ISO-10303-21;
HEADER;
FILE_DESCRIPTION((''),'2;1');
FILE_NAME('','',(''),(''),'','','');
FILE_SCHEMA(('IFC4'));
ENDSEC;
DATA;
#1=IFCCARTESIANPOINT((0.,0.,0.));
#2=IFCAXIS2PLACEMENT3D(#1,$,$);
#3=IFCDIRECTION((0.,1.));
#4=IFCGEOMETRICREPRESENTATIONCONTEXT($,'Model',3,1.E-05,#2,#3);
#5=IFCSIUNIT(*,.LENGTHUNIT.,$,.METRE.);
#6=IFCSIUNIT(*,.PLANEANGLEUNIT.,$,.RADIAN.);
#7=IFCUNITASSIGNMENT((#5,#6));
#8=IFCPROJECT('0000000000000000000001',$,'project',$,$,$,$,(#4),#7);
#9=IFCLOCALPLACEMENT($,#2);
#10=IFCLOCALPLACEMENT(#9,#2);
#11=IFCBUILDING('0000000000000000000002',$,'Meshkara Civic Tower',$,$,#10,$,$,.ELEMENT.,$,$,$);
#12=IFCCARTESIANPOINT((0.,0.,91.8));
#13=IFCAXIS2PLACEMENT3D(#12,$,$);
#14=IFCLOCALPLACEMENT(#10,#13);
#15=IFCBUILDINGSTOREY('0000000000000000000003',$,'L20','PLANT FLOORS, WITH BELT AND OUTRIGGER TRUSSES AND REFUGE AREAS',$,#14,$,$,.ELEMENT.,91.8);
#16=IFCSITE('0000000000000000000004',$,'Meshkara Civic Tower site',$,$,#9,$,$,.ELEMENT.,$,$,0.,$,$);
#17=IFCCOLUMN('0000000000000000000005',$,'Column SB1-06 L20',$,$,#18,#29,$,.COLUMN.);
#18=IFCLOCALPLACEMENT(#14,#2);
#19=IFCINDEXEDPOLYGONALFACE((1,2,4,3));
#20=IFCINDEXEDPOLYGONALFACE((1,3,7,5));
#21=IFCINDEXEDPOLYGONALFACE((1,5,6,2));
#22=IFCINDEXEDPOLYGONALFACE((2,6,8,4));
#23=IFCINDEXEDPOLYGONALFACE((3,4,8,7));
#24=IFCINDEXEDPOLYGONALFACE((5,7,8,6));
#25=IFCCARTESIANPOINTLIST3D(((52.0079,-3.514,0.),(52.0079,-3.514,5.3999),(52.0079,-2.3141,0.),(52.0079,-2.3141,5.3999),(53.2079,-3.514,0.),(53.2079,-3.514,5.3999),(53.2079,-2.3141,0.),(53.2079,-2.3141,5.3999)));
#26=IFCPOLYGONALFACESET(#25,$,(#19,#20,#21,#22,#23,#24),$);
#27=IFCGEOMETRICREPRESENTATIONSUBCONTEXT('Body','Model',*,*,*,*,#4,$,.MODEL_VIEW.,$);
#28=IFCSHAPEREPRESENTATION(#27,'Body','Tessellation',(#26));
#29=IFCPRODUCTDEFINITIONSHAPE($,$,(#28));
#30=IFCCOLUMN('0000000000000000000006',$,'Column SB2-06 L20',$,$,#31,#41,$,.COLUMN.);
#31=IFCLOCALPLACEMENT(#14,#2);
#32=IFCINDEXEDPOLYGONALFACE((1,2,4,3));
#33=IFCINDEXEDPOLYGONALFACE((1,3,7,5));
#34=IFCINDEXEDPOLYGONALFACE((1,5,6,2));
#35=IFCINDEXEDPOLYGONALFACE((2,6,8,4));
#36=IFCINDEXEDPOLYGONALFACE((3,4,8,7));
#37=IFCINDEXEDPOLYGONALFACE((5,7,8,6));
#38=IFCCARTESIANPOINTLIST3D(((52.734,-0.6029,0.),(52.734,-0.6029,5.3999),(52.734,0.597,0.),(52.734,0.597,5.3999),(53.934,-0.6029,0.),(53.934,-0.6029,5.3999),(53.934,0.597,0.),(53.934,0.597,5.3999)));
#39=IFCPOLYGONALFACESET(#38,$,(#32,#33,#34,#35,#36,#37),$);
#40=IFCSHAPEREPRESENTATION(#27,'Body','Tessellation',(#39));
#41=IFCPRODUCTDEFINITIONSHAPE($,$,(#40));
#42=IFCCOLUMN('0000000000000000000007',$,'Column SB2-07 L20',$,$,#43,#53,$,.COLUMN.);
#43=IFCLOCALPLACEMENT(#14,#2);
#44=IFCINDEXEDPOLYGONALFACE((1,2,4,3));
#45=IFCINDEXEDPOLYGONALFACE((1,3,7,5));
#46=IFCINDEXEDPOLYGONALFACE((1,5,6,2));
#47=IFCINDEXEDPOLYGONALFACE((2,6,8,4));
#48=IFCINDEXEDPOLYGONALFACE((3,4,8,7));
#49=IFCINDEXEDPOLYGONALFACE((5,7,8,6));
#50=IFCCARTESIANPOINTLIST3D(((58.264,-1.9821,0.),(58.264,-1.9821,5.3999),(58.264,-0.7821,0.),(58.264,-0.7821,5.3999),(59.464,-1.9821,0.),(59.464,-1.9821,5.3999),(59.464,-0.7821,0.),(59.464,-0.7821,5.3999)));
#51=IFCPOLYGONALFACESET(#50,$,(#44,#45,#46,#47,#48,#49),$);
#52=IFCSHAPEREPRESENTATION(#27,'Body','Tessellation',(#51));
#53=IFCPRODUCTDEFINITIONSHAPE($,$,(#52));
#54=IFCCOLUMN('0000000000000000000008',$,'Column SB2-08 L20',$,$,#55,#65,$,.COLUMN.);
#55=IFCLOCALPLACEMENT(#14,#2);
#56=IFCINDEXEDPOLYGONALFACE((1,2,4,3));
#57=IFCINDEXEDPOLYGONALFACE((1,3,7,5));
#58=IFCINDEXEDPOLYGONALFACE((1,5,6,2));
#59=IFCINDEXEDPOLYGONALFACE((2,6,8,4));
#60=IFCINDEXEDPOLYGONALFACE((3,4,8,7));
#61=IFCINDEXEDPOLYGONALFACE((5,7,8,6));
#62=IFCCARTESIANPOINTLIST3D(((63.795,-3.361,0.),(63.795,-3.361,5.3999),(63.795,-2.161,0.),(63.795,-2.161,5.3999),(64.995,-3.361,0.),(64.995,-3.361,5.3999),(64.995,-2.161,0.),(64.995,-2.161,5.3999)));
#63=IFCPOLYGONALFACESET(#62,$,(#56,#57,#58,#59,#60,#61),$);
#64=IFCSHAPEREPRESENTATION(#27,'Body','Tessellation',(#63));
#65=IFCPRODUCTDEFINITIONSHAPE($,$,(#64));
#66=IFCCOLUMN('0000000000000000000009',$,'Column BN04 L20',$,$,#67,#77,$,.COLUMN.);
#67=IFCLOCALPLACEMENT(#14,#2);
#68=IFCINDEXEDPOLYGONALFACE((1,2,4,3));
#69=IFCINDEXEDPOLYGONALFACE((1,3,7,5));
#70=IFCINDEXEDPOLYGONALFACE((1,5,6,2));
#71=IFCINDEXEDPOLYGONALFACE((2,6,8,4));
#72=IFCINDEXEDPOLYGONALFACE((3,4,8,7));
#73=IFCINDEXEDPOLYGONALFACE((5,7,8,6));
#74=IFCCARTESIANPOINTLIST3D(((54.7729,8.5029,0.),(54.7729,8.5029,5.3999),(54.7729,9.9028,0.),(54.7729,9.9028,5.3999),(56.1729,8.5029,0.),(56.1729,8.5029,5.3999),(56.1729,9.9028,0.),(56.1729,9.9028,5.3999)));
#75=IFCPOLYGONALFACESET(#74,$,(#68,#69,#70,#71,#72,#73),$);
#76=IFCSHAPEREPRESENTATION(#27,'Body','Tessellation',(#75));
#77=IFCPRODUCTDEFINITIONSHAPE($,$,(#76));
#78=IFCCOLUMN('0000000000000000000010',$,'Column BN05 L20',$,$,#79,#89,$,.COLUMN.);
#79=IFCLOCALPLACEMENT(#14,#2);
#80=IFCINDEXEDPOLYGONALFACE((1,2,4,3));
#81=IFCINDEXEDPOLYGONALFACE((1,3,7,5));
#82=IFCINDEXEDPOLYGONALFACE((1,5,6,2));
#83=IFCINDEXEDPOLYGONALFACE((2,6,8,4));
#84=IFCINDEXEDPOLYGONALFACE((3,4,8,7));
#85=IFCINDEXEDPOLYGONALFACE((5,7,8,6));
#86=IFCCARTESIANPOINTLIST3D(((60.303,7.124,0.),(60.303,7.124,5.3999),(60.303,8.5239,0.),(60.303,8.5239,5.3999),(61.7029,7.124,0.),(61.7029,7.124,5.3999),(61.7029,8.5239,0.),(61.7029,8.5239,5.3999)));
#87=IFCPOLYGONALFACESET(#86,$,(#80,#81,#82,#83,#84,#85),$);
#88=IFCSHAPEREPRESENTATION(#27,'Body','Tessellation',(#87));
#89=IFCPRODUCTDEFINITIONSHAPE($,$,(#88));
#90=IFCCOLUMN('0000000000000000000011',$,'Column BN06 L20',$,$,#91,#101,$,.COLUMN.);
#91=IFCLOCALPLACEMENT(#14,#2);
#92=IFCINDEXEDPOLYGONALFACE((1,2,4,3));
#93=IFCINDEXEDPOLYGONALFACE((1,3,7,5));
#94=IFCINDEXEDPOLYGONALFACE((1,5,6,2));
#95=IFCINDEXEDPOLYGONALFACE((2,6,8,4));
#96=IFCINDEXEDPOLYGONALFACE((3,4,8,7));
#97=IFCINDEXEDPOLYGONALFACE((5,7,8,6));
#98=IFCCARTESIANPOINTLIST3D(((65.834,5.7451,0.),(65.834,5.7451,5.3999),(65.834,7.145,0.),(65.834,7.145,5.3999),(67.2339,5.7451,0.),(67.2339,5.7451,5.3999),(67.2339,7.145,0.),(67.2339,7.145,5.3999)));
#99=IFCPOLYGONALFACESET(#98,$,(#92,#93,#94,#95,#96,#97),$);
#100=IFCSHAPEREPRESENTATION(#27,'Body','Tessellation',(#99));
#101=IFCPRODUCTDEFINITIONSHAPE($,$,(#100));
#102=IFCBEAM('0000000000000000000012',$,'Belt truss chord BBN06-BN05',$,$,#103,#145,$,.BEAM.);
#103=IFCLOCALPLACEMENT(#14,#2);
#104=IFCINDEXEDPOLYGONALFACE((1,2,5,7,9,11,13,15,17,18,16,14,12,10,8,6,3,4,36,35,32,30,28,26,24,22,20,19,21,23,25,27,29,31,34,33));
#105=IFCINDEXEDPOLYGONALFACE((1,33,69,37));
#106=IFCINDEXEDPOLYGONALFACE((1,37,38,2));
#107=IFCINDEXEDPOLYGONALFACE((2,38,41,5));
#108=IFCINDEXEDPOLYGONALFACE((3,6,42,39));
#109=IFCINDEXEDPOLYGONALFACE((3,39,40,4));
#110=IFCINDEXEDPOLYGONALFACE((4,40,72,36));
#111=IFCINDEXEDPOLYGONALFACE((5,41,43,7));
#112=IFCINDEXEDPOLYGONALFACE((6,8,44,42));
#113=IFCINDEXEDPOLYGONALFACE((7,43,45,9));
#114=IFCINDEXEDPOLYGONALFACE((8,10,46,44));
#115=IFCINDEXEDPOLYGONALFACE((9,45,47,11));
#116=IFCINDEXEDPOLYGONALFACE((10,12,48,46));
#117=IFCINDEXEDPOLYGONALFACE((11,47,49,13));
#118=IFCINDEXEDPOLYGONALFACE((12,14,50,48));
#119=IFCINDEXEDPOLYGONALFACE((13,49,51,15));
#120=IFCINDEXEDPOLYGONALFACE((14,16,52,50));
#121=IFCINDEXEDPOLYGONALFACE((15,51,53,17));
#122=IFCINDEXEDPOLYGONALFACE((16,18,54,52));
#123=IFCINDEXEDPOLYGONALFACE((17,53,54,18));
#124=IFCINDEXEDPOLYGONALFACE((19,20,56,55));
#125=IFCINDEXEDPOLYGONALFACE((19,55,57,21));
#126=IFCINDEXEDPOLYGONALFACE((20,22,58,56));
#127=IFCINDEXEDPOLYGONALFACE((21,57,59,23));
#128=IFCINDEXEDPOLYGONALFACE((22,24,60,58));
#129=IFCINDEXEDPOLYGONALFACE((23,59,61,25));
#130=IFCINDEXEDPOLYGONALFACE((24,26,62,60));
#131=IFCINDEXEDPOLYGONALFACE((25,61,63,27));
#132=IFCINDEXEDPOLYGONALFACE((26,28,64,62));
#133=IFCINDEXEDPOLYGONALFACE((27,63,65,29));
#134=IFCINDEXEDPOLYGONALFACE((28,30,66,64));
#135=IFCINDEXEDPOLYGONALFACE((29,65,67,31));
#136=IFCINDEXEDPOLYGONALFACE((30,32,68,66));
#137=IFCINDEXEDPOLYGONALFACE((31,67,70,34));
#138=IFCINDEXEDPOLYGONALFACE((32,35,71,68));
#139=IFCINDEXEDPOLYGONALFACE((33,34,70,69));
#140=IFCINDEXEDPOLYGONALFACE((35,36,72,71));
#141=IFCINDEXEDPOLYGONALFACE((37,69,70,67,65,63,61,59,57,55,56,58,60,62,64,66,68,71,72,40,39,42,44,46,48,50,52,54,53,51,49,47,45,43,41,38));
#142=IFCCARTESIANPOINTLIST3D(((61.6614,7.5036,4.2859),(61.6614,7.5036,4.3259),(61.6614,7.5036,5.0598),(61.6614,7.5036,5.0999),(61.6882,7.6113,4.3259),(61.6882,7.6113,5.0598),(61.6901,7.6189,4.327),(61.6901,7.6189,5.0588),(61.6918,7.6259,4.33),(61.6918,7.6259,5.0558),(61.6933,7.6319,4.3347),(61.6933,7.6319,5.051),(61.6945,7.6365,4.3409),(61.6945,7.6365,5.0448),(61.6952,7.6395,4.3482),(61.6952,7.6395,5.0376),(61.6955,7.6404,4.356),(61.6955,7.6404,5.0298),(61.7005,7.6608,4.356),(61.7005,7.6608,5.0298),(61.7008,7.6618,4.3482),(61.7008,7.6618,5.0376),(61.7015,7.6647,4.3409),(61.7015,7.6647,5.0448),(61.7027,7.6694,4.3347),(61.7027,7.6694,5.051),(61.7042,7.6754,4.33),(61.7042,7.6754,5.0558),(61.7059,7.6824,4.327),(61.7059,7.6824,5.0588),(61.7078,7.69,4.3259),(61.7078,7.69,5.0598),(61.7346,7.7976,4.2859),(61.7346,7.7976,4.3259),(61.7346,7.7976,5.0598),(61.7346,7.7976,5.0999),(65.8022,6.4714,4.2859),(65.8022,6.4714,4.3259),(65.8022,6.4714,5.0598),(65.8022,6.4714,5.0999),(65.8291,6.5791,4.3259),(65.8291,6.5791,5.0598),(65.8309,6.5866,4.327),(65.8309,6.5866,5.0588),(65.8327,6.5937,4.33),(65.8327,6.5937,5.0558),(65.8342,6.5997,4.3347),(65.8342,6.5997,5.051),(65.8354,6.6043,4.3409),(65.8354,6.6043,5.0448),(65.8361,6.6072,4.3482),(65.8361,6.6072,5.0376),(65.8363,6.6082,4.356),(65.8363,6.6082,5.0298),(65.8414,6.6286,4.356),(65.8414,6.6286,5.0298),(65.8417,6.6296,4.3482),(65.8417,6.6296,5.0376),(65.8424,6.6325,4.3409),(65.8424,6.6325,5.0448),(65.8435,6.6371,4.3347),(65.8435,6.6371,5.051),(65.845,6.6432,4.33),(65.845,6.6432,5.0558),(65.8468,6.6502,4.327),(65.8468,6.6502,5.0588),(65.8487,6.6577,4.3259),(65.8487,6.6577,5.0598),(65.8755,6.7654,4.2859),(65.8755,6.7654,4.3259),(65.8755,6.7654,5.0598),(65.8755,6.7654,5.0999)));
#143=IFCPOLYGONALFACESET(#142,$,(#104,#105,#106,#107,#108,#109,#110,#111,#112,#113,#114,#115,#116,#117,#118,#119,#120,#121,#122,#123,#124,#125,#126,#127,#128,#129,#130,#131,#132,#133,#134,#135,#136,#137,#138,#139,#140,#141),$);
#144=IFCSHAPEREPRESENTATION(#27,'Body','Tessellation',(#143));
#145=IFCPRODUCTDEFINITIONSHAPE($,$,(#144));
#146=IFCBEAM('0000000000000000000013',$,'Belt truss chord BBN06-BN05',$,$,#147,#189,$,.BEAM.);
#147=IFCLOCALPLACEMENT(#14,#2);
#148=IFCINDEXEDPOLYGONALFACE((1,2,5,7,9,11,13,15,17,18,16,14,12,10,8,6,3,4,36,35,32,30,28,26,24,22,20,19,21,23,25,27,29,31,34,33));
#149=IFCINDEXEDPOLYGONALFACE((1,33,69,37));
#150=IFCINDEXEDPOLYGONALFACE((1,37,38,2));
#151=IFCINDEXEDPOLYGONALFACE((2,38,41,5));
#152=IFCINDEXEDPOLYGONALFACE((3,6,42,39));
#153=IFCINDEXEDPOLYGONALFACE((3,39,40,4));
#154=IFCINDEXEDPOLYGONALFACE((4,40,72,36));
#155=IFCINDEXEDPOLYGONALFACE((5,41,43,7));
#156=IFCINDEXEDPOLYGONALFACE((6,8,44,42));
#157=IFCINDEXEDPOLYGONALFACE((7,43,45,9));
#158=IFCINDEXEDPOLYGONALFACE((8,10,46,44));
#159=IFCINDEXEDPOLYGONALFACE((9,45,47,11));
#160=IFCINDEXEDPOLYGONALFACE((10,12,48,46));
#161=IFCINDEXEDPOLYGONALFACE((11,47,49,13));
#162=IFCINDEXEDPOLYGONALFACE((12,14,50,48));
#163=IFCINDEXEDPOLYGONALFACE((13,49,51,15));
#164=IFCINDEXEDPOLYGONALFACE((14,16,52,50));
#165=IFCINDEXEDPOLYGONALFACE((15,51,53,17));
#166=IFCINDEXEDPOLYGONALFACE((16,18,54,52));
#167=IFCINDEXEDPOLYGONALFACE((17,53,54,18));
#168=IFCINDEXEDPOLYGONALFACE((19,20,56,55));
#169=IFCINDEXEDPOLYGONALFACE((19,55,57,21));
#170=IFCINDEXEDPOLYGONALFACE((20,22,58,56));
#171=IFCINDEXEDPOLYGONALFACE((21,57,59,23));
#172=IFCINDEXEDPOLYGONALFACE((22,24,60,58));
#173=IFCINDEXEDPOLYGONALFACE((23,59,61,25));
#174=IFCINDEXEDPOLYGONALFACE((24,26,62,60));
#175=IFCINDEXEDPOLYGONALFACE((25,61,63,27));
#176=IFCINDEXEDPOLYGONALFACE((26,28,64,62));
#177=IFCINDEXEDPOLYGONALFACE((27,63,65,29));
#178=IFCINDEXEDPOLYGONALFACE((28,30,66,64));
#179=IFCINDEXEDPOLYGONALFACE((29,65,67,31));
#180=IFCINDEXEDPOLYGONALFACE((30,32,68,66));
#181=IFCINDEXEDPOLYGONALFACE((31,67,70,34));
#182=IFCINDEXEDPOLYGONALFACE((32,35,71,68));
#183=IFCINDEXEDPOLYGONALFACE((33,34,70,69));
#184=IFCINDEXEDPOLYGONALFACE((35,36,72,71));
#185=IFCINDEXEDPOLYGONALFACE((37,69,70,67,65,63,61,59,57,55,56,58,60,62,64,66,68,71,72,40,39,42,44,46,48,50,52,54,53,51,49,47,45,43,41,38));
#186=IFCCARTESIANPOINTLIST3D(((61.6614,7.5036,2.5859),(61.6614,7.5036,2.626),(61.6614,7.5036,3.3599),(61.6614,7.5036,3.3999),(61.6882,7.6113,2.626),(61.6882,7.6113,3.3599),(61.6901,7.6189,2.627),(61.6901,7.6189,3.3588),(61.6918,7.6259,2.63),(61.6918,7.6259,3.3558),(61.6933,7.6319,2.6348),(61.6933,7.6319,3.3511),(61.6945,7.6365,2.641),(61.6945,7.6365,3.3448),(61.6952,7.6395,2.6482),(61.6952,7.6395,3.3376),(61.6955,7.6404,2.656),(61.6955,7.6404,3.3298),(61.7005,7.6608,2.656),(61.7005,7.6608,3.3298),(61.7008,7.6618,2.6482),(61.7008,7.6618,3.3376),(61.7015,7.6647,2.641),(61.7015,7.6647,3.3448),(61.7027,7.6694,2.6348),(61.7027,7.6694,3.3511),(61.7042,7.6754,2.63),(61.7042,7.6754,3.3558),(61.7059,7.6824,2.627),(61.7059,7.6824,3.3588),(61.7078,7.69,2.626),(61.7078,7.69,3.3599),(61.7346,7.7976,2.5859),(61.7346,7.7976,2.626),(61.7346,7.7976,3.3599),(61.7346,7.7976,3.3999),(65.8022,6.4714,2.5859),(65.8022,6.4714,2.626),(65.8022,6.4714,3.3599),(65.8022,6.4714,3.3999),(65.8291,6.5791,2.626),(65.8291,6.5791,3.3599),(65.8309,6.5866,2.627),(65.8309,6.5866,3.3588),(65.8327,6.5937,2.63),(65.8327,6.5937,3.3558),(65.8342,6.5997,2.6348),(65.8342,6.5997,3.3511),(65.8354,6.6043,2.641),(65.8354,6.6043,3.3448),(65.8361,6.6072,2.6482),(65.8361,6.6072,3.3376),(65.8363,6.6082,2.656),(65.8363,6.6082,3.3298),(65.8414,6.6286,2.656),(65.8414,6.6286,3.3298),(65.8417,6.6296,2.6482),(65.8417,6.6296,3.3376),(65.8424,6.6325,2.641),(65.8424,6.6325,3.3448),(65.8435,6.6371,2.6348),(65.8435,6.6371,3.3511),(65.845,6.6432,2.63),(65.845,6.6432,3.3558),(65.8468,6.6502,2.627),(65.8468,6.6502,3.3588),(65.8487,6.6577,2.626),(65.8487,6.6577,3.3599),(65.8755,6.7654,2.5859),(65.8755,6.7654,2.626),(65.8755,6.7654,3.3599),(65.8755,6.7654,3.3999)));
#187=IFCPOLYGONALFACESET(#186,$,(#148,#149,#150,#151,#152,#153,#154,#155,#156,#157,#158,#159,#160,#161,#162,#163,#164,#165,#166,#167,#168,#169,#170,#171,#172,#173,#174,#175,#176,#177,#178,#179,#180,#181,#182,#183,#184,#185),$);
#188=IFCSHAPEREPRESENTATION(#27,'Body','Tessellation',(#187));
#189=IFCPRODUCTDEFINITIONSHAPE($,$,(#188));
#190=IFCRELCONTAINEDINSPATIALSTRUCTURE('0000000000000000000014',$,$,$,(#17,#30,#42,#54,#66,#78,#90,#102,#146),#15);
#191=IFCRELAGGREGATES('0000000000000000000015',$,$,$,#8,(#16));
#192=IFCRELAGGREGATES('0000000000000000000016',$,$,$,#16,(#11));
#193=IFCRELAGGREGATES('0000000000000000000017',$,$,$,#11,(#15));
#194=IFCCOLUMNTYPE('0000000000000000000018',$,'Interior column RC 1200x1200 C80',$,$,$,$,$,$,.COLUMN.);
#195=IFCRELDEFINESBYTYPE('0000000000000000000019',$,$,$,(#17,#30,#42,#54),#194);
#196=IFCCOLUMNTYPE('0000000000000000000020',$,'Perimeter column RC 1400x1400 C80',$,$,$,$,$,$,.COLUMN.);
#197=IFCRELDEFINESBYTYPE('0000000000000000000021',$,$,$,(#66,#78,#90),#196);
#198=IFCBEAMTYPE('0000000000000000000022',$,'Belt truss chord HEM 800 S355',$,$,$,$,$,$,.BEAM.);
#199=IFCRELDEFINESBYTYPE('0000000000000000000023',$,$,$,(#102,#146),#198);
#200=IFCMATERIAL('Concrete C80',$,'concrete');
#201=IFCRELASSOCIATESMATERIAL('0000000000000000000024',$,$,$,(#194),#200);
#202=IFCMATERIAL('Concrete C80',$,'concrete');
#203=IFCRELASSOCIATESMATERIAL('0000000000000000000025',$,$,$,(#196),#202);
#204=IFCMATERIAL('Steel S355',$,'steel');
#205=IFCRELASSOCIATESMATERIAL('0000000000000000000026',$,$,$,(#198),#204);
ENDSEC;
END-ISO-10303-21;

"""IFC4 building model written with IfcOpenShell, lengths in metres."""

from ifc_helpers import new_model, si_unit, direction, frame, origin, origin_2d, place, context, subcontext, project, spatial, rectangle, i_section, extrude, material, material_profile, profile_set, type_object, element, save


model = new_model("IFC4")

# Units and contexts
model_context = context("Model", 3, precision=1e-05, world=origin(), true_north=direction((0.0, 1.0)))
body_context = subcontext(model_context, "Body", "Model", "MODEL_VIEW")
ifc_project = project(units=[si_unit("LENGTHUNIT", "METRE"), si_unit("PLANEANGLEUNIT", "RADIAN")], contexts=[model_context])

# Site, building, storey
site_placement = place(None, origin())
site = spatial("IfcSite", under=ifc_project, at=site_placement, Name="Meshkara Civic Tower site", CompositionType="ELEMENT", RefElevation=0.0)
building_placement = place(site_placement, origin())
building = spatial("IfcBuilding", under=site, at=building_placement, Name="Meshkara Civic Tower", CompositionType="ELEMENT")
storey_placement = place(building_placement, frame((0.0, 0.0, 91.8)))
storey = spatial("IfcBuildingStorey", under=building, at=storey_placement, Name="L20", Description="PLANT FLOORS, WITH BELT AND OUTRIGGER TRUSSES AND REFUGE AREAS", CompositionType="ELEMENT", Elevation=91.8)

# Columns
ifc_material_1 = material(Name="Concrete C80", Category="concrete")
ifc_material_profile_1 = material_profile(ifc_material_1, rectangle(XDim=1.2, YDim=1.2, at=origin_2d()))
ifc_profile_set_1 = profile_set([ifc_material_profile_1], Name="Concrete C80")
column_type_1 = type_object("IfcColumnType", Name="Interior column RC 1200x1200 C80", PredefinedType="COLUMN", material=ifc_profile_set_1)
for number, where, z_axis, x_axis, name in (
    (1, (52.6079, -2.9141, 0.0), (0.0, 0.0, 1.0), (1.0, 0.0, 0.0), "Column SB1-06 L20"),
    (2, (53.334, -0.0029, 0.0), (0.0, 0.0, 1.0), (1.0, 0.0, 0.0), "Column SB2-06 L20"),
    (3, (58.864, -1.3821, 0.0), (0.0, 0.0, 1.0), (1.0, 0.0, 0.0), "Column SB2-07 L20"),
    (4, (64.395, -2.761, 0.0), (0.0, 0.0, 1.0), (1.0, 0.0, 0.0), "Column SB2-08 L20"),
):
    element("IfcColumn", number, at=place(storey_placement, frame(where, z_axis=z_axis, x_axis=x_axis)), inside=storey, type_object=column_type_1, Name=name, PredefinedType="COLUMN", context=body_context, shape_type="SweptSolid", body=[
        extrude(rectangle(XDim=1.2, YDim=1.2, at=origin_2d()), origin(), (0.0, 0.0, 1.0), 5.3999),
    ])
ifc_material_2 = material(Name="Concrete C80", Category="concrete")
ifc_material_profile_2 = material_profile(ifc_material_2, rectangle(XDim=1.3999, YDim=1.3999, at=origin_2d()))
ifc_profile_set_2 = profile_set([ifc_material_profile_2], Name="Concrete C80")
column_type_2 = type_object("IfcColumnType", Name="Perimeter column RC 1400x1400 C80", PredefinedType="COLUMN", material=ifc_profile_set_2)
for number, where, z_axis, x_axis, name in (
    (5, (55.4729, 9.2029, 0.0), (0.0, 0.0, 1.0), (1.0, 0.0, 0.0), "Column BN04 L20"),
    (6, (61.0029, 7.824, 0.0), (0.0, 0.0, 1.0), (1.0, 0.0, 0.0), "Column BN05 L20"),
    (7, (66.5339, 6.4451, 0.0), (0.0, 0.0, 1.0), (1.0, 0.0, 0.0), "Column BN06 L20"),
):
    element("IfcColumn", number, at=place(storey_placement, frame(where, z_axis=z_axis, x_axis=x_axis)), inside=storey, type_object=column_type_2, Name=name, PredefinedType="COLUMN", context=body_context, shape_type="SweptSolid", body=[
        extrude(rectangle(XDim=1.3999, YDim=1.3999, at=origin_2d()), origin(), (0.0, 0.0, 1.0), 5.3999),
    ])

# Beams
ifc_material_3 = material(Name="Steel S355", Category="steel")
ifc_material_profile_3 = material_profile(ifc_material_3, i_section(OverallWidth=0.303, OverallDepth=0.814, WebThickness=0.021, FlangeThickness=0.04, FilletRadius=0.03, at=origin_2d()))
ifc_profile_set_3 = profile_set([ifc_material_profile_3], Name="Steel S355")
beam_type_1 = type_object("IfcBeamType", Name="Belt truss chord HEM 800 S355", PredefinedType="BEAM", material=ifc_profile_set_3)
for number, where, z_axis, x_axis, name in (
    (8, (65.8389, 6.6184, 4.6929), (-0.970307, 0.241876, 0.0), (-0.241876, -0.970307, 0.0), "Belt truss chord BBN06-BN05"),
    (9, (65.8389, 6.6184, 2.9929), (-0.970307, 0.241876, 0.0), (-0.241876, -0.970307, 0.0), "Belt truss chord BBN06-BN05"),
):
    element("IfcBeam", number, at=place(storey_placement, frame(where, z_axis=z_axis, x_axis=x_axis)), inside=storey, type_object=beam_type_1, Name=name, PredefinedType="BEAM", context=body_context, shape_type="SweptSolid", body=[
        extrude(i_section(OverallWidth=0.303, OverallDepth=0.814, WebThickness=0.021, FlangeThickness=0.04, FilletRadius=0.03, at=origin_2d()), origin(), (0.0, 0.0, 1.0), 4.2676),
    ])

save(model, "model.ifc")
